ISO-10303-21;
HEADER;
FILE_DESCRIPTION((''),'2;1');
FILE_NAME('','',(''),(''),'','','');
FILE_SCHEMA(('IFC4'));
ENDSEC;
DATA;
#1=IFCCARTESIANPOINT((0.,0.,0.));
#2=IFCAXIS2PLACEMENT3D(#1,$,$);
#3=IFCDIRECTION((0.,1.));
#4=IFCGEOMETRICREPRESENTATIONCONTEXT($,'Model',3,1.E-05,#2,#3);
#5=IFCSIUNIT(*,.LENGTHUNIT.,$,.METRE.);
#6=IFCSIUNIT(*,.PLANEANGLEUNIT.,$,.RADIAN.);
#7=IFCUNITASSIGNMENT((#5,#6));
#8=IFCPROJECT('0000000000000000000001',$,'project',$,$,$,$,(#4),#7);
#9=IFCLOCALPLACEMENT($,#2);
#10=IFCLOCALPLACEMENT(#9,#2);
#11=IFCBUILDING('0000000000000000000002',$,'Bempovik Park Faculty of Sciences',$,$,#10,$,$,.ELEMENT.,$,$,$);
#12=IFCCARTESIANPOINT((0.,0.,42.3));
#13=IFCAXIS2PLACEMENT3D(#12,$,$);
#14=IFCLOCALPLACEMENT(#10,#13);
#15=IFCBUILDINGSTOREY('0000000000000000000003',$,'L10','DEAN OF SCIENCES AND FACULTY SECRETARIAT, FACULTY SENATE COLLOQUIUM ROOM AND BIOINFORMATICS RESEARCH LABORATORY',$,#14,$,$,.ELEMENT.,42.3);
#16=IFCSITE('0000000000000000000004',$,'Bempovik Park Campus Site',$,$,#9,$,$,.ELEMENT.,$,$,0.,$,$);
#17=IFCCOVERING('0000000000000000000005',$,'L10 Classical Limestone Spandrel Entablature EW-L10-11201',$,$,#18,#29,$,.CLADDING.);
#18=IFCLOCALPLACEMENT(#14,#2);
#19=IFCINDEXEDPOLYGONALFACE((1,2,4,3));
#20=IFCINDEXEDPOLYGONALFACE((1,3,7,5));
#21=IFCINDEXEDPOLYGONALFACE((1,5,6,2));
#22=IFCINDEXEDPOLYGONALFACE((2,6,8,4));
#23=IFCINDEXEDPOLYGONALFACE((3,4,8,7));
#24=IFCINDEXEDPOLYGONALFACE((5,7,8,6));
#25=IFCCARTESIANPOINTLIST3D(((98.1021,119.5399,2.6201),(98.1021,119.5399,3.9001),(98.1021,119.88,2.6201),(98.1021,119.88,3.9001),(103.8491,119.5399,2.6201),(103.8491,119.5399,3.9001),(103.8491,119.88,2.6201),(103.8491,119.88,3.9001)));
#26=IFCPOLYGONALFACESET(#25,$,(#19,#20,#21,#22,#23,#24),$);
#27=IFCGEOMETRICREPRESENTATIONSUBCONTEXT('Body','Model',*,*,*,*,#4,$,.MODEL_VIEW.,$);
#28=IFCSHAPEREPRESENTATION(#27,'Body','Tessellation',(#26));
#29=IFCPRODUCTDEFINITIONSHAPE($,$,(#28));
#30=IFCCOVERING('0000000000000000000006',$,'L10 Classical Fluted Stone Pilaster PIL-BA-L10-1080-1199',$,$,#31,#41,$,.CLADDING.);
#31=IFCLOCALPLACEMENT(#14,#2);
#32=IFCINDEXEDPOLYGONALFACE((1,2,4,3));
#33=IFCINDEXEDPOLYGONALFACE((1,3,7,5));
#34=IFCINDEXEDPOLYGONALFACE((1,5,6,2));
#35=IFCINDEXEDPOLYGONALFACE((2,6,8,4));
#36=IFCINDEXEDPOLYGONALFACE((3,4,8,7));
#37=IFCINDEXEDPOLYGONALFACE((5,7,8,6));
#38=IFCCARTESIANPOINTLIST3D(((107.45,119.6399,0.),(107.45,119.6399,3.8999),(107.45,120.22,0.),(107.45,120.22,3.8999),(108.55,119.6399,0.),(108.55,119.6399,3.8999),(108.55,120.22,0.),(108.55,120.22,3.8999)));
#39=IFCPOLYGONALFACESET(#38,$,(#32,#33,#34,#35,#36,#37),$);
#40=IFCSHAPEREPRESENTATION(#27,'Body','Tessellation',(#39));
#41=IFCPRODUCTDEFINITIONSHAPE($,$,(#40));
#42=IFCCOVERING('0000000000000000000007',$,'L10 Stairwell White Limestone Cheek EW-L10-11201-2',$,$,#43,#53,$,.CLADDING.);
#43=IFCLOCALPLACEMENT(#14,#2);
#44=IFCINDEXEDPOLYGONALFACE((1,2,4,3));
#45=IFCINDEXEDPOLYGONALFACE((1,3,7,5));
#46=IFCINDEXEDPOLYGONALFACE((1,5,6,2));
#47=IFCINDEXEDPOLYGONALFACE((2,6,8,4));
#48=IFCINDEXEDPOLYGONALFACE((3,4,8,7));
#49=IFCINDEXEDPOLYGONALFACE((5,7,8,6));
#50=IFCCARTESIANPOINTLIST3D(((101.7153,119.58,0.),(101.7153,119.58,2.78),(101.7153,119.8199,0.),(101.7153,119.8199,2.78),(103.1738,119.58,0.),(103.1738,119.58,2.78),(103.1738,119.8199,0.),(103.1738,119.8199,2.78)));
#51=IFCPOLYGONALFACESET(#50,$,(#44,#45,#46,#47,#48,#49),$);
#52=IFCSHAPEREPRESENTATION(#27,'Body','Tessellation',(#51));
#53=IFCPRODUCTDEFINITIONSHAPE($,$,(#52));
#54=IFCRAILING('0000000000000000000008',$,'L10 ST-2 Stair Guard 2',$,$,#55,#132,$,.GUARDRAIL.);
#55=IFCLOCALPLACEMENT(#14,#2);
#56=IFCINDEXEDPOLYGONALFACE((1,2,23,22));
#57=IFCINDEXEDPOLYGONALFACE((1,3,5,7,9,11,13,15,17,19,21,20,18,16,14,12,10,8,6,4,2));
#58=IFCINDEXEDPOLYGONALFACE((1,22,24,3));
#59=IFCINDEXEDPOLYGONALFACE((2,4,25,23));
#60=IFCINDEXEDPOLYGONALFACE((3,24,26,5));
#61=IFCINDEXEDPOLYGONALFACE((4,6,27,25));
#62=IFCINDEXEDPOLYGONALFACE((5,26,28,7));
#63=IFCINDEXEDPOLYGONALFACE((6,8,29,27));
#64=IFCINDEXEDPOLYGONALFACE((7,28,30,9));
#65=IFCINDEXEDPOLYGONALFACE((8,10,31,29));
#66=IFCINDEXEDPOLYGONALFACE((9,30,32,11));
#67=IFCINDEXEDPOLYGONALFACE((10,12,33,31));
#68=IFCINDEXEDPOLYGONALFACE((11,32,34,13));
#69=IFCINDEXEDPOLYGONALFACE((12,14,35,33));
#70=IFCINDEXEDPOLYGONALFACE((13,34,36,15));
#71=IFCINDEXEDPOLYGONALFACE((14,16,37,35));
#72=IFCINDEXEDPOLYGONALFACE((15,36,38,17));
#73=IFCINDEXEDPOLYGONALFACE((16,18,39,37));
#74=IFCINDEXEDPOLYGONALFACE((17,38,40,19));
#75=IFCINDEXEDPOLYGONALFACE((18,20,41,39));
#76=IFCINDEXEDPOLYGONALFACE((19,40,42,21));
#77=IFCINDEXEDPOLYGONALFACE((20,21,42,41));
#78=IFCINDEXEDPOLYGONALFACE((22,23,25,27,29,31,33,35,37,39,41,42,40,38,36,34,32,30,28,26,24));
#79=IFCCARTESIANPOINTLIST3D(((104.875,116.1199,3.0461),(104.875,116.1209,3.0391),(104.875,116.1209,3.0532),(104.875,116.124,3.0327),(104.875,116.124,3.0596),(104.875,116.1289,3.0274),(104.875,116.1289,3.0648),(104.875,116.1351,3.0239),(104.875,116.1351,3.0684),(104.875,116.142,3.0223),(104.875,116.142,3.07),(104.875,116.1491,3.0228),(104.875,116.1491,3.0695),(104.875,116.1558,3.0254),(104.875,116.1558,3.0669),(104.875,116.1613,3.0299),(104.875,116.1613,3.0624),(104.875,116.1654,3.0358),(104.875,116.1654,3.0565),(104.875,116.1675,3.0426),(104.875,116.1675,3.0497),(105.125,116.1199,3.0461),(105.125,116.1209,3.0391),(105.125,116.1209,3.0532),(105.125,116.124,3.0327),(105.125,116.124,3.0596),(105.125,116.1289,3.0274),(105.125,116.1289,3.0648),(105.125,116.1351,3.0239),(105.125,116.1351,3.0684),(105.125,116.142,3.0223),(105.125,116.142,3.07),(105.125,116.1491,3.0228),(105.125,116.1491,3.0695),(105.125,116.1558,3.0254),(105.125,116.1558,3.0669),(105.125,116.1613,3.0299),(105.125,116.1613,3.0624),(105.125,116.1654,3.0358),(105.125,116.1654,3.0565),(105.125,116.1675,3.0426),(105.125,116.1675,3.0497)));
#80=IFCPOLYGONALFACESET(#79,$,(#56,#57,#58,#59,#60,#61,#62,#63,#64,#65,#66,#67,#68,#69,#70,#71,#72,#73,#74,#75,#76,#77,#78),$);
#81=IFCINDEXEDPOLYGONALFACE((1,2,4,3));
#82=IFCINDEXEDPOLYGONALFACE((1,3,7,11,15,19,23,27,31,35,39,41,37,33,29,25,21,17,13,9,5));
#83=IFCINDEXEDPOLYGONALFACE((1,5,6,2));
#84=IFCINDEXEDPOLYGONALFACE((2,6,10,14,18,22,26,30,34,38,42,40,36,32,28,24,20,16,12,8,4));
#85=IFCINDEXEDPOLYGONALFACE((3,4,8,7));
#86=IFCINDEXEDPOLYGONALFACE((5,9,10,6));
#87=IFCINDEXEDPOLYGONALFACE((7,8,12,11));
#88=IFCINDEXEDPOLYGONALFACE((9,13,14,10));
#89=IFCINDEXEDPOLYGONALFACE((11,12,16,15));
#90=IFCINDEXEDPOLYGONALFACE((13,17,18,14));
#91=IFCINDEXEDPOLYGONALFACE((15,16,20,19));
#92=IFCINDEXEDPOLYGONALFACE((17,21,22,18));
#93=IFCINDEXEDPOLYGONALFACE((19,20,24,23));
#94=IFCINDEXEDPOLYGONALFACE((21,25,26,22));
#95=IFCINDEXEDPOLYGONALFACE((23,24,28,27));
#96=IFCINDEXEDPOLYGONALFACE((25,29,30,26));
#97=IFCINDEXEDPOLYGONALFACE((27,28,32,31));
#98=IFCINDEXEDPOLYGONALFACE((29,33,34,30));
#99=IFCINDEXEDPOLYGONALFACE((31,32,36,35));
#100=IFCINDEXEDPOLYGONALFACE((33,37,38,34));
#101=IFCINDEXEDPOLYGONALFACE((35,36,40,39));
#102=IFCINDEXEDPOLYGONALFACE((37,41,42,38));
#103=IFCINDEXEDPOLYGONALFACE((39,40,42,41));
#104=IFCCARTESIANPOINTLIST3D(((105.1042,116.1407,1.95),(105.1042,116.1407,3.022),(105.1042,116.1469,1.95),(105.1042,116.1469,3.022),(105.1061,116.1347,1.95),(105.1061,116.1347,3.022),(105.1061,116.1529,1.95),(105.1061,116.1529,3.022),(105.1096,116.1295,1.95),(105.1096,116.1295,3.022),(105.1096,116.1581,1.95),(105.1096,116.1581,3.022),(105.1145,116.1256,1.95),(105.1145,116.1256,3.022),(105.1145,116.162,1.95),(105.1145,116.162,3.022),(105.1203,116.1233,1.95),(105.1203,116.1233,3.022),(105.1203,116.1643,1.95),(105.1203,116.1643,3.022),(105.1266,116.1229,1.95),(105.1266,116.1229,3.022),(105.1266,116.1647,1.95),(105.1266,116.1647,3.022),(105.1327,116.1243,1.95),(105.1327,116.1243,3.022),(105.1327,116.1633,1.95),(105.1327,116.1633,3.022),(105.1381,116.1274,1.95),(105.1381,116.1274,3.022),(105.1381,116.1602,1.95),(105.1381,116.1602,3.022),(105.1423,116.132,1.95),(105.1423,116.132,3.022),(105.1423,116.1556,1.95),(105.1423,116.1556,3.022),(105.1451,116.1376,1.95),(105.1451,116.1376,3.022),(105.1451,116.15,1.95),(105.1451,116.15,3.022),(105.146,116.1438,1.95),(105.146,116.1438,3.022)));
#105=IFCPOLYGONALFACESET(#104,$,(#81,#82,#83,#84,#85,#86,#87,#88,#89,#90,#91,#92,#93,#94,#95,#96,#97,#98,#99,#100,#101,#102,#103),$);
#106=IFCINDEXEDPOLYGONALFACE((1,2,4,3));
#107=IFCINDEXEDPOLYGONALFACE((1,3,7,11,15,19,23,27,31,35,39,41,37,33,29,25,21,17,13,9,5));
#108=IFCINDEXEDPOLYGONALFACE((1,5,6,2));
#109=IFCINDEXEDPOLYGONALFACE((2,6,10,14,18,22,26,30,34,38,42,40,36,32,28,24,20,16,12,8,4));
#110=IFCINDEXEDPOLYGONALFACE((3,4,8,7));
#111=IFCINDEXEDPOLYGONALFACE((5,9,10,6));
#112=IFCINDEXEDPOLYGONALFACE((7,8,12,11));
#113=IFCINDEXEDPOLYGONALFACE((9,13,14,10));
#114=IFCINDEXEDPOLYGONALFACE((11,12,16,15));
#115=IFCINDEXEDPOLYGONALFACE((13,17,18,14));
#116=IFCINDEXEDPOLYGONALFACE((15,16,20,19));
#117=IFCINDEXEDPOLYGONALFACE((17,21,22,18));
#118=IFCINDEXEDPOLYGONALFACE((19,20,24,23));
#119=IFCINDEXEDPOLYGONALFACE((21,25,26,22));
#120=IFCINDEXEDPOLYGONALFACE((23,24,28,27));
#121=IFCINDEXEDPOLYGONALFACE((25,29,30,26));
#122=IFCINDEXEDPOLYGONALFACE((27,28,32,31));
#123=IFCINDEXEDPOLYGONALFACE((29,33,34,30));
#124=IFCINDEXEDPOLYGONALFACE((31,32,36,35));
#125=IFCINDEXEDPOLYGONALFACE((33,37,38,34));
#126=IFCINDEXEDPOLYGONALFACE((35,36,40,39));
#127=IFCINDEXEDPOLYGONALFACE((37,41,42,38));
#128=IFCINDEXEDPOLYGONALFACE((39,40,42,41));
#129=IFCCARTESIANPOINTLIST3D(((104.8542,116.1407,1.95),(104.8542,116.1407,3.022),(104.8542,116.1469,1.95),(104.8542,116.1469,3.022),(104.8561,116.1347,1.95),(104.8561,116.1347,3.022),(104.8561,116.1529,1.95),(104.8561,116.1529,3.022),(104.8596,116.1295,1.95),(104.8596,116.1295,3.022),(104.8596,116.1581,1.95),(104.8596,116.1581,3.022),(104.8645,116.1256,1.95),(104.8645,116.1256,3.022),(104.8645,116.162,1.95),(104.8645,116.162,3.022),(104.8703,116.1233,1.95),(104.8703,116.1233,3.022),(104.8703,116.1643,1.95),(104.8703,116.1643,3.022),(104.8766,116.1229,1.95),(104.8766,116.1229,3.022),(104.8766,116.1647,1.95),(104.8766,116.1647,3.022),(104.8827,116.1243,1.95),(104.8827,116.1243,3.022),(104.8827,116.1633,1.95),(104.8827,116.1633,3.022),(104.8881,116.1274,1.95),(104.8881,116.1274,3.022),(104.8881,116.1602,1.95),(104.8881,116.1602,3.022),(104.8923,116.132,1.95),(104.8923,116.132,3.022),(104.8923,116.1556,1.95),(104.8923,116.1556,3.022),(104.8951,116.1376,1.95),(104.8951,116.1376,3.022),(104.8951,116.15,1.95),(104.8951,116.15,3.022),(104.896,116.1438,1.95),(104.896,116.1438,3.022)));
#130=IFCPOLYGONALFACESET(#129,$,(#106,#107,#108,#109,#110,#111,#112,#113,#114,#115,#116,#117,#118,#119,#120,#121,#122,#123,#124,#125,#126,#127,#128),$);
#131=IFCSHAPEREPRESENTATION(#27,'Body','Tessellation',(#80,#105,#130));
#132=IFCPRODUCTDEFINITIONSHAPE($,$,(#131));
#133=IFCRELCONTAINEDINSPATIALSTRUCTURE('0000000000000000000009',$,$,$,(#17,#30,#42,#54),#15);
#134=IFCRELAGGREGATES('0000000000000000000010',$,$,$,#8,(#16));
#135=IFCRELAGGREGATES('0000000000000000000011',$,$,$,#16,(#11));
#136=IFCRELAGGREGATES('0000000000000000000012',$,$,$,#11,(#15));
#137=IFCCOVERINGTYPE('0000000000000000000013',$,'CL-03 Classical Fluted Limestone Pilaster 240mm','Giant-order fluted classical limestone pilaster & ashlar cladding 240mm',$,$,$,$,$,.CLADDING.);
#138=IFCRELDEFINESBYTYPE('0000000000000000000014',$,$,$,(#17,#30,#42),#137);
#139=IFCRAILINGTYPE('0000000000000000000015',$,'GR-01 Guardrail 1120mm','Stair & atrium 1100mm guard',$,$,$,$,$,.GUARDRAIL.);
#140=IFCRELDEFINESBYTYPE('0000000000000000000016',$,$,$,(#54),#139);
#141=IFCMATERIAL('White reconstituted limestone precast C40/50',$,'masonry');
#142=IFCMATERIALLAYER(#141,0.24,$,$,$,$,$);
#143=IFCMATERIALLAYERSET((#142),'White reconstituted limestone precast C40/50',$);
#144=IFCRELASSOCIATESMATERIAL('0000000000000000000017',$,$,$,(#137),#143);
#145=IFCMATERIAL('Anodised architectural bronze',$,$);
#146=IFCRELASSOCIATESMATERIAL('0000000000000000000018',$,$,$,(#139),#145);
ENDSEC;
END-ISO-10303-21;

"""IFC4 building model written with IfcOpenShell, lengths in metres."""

from ifc_helpers import new_model, si_unit, direction, frame, origin, origin_2d, place, context, subcontext, project, spatial, rectangle, circle, extrude, material, layer, layer_set, type_object, element, save


model = new_model("IFC4")

# Units and contexts
model_context = context("Model", 3, precision=1e-05, world=origin(), true_north=direction((0.0, 1.0)))
body_context = subcontext(model_context, "Body", "Model", "MODEL_VIEW")
ifc_project = project(units=[si_unit("LENGTHUNIT", "METRE"), si_unit("PLANEANGLEUNIT", "RADIAN")], contexts=[model_context])

# Site, building, storey
site_placement = place(None, origin())
site = spatial("IfcSite", under=ifc_project, at=site_placement, Name="Bempovik Park Campus Site", CompositionType="ELEMENT", RefElevation=0.0)
building_placement = place(site_placement, origin())
building = spatial("IfcBuilding", under=site, at=building_placement, Name="Bempovik Park Faculty of Sciences", CompositionType="ELEMENT")
storey_placement = place(building_placement, frame((0.0, 0.0, 42.3)))
storey = spatial("IfcBuildingStorey", under=building, at=storey_placement, Name="L10", Description="DEAN OF SCIENCES AND FACULTY SECRETARIAT, FACULTY SENATE COLLOQUIUM ROOM AND BIOINFORMATICS RESEARCH LABORATORY", CompositionType="ELEMENT", Elevation=42.3)

# Coverings
ifc_material_1 = material(Name="White reconstituted limestone precast C40/50", Category="masonry")
ifc_layer_1 = layer(ifc_material_1, 0.24)
ifc_layer_set_1 = layer_set([ifc_layer_1], Name="White reconstituted limestone precast C40/50")
covering_type_1 = type_object("IfcCoveringType", Name="CL-03 Classical Fluted Limestone Pilaster 240mm", Description="Giant-order fluted classical limestone pilaster & ashlar cladding 240mm", PredefinedType="CLADDING", material=ifc_layer_set_1)
covering_1_placement = place(storey_placement, frame((100.9756, 119.71, 2.6201), z_axis=(0.0, 0.0, 1.0), x_axis=(1.0, 0.0, 0.0)))
element("IfcCovering", 1, at=covering_1_placement, inside=storey, type_object=covering_type_1, Name="L10 Classical Limestone Spandrel Entablature EW-L10-11201", PredefinedType="CLADDING", context=body_context, shape_type="SweptSolid", body=[
    extrude(rectangle(XDim=5.7471, YDim=0.3401, at=origin_2d()), origin(), (0.0, 0.0, 1.0), 1.28),
])
covering_2_placement = place(storey_placement, frame((108.0, 119.9299, 0.0), z_axis=(0.0, 0.0, 1.0), x_axis=(1.0, 0.0, 0.0)))
element("IfcCovering", 2, at=covering_2_placement, inside=storey, type_object=covering_type_1, Name="L10 Classical Fluted Stone Pilaster PIL-BA-L10-1080-1199", PredefinedType="CLADDING", context=body_context, shape_type="SweptSolid", body=[
    extrude(rectangle(XDim=1.1001, YDim=0.5801, at=origin_2d()), origin(), (0.0, 0.0, 1.0), 3.8999),
])
covering_3_placement = place(storey_placement, frame((102.4446, 119.7, 0.0), z_axis=(0.0, 0.0, 1.0), x_axis=(1.0, 0.0, 0.0)))
element("IfcCovering", 3, at=covering_3_placement, inside=storey, type_object=covering_type_1, Name="L10 Stairwell White Limestone Cheek EW-L10-11201-2", PredefinedType="CLADDING", context=body_context, shape_type="SweptSolid", body=[
    extrude(rectangle(XDim=1.4585, YDim=0.24, at=origin_2d()), origin(), (0.0, 0.0, 1.0), 2.78),
])

# Railing
ifc_material_2 = material(Name="Anodised architectural bronze")
railing_type_1 = type_object("IfcRailingType", Name="GR-01 Guardrail 1120mm", Description="Stair & atrium 1100mm guard", PredefinedType="GUARDRAIL", material=ifc_material_2)
railing_1_placement = place(storey_placement, frame((105.125, 116.1438, 1.95)))
element("IfcRailing", 4, at=railing_1_placement, inside=storey, type_object=railing_type_1, Name="L10 ST-2 Stair Guard 2", PredefinedType="GUARDRAIL", context=body_context, shape_type="SweptSolid", body=[
    extrude(circle(Radius=0.0239, at=origin_2d()), frame((0.0, 0.0, 1.0962), z_axis=(-1.0, 0.0, 0.0), x_axis=(0.0, -1.0, 0.0)), (0.0, 0.0, 1.0), 0.25),
    extrude(circle(Radius=0.021, at=origin_2d()), origin(), (0.0, 0.0, 1.0), 1.072),
    extrude(circle(Radius=0.021, at=origin_2d()), frame((-0.25, 0.0, 0.0)), (0.0, 0.0, 1.0), 1.072),
])

save(model, "model.ifc")
